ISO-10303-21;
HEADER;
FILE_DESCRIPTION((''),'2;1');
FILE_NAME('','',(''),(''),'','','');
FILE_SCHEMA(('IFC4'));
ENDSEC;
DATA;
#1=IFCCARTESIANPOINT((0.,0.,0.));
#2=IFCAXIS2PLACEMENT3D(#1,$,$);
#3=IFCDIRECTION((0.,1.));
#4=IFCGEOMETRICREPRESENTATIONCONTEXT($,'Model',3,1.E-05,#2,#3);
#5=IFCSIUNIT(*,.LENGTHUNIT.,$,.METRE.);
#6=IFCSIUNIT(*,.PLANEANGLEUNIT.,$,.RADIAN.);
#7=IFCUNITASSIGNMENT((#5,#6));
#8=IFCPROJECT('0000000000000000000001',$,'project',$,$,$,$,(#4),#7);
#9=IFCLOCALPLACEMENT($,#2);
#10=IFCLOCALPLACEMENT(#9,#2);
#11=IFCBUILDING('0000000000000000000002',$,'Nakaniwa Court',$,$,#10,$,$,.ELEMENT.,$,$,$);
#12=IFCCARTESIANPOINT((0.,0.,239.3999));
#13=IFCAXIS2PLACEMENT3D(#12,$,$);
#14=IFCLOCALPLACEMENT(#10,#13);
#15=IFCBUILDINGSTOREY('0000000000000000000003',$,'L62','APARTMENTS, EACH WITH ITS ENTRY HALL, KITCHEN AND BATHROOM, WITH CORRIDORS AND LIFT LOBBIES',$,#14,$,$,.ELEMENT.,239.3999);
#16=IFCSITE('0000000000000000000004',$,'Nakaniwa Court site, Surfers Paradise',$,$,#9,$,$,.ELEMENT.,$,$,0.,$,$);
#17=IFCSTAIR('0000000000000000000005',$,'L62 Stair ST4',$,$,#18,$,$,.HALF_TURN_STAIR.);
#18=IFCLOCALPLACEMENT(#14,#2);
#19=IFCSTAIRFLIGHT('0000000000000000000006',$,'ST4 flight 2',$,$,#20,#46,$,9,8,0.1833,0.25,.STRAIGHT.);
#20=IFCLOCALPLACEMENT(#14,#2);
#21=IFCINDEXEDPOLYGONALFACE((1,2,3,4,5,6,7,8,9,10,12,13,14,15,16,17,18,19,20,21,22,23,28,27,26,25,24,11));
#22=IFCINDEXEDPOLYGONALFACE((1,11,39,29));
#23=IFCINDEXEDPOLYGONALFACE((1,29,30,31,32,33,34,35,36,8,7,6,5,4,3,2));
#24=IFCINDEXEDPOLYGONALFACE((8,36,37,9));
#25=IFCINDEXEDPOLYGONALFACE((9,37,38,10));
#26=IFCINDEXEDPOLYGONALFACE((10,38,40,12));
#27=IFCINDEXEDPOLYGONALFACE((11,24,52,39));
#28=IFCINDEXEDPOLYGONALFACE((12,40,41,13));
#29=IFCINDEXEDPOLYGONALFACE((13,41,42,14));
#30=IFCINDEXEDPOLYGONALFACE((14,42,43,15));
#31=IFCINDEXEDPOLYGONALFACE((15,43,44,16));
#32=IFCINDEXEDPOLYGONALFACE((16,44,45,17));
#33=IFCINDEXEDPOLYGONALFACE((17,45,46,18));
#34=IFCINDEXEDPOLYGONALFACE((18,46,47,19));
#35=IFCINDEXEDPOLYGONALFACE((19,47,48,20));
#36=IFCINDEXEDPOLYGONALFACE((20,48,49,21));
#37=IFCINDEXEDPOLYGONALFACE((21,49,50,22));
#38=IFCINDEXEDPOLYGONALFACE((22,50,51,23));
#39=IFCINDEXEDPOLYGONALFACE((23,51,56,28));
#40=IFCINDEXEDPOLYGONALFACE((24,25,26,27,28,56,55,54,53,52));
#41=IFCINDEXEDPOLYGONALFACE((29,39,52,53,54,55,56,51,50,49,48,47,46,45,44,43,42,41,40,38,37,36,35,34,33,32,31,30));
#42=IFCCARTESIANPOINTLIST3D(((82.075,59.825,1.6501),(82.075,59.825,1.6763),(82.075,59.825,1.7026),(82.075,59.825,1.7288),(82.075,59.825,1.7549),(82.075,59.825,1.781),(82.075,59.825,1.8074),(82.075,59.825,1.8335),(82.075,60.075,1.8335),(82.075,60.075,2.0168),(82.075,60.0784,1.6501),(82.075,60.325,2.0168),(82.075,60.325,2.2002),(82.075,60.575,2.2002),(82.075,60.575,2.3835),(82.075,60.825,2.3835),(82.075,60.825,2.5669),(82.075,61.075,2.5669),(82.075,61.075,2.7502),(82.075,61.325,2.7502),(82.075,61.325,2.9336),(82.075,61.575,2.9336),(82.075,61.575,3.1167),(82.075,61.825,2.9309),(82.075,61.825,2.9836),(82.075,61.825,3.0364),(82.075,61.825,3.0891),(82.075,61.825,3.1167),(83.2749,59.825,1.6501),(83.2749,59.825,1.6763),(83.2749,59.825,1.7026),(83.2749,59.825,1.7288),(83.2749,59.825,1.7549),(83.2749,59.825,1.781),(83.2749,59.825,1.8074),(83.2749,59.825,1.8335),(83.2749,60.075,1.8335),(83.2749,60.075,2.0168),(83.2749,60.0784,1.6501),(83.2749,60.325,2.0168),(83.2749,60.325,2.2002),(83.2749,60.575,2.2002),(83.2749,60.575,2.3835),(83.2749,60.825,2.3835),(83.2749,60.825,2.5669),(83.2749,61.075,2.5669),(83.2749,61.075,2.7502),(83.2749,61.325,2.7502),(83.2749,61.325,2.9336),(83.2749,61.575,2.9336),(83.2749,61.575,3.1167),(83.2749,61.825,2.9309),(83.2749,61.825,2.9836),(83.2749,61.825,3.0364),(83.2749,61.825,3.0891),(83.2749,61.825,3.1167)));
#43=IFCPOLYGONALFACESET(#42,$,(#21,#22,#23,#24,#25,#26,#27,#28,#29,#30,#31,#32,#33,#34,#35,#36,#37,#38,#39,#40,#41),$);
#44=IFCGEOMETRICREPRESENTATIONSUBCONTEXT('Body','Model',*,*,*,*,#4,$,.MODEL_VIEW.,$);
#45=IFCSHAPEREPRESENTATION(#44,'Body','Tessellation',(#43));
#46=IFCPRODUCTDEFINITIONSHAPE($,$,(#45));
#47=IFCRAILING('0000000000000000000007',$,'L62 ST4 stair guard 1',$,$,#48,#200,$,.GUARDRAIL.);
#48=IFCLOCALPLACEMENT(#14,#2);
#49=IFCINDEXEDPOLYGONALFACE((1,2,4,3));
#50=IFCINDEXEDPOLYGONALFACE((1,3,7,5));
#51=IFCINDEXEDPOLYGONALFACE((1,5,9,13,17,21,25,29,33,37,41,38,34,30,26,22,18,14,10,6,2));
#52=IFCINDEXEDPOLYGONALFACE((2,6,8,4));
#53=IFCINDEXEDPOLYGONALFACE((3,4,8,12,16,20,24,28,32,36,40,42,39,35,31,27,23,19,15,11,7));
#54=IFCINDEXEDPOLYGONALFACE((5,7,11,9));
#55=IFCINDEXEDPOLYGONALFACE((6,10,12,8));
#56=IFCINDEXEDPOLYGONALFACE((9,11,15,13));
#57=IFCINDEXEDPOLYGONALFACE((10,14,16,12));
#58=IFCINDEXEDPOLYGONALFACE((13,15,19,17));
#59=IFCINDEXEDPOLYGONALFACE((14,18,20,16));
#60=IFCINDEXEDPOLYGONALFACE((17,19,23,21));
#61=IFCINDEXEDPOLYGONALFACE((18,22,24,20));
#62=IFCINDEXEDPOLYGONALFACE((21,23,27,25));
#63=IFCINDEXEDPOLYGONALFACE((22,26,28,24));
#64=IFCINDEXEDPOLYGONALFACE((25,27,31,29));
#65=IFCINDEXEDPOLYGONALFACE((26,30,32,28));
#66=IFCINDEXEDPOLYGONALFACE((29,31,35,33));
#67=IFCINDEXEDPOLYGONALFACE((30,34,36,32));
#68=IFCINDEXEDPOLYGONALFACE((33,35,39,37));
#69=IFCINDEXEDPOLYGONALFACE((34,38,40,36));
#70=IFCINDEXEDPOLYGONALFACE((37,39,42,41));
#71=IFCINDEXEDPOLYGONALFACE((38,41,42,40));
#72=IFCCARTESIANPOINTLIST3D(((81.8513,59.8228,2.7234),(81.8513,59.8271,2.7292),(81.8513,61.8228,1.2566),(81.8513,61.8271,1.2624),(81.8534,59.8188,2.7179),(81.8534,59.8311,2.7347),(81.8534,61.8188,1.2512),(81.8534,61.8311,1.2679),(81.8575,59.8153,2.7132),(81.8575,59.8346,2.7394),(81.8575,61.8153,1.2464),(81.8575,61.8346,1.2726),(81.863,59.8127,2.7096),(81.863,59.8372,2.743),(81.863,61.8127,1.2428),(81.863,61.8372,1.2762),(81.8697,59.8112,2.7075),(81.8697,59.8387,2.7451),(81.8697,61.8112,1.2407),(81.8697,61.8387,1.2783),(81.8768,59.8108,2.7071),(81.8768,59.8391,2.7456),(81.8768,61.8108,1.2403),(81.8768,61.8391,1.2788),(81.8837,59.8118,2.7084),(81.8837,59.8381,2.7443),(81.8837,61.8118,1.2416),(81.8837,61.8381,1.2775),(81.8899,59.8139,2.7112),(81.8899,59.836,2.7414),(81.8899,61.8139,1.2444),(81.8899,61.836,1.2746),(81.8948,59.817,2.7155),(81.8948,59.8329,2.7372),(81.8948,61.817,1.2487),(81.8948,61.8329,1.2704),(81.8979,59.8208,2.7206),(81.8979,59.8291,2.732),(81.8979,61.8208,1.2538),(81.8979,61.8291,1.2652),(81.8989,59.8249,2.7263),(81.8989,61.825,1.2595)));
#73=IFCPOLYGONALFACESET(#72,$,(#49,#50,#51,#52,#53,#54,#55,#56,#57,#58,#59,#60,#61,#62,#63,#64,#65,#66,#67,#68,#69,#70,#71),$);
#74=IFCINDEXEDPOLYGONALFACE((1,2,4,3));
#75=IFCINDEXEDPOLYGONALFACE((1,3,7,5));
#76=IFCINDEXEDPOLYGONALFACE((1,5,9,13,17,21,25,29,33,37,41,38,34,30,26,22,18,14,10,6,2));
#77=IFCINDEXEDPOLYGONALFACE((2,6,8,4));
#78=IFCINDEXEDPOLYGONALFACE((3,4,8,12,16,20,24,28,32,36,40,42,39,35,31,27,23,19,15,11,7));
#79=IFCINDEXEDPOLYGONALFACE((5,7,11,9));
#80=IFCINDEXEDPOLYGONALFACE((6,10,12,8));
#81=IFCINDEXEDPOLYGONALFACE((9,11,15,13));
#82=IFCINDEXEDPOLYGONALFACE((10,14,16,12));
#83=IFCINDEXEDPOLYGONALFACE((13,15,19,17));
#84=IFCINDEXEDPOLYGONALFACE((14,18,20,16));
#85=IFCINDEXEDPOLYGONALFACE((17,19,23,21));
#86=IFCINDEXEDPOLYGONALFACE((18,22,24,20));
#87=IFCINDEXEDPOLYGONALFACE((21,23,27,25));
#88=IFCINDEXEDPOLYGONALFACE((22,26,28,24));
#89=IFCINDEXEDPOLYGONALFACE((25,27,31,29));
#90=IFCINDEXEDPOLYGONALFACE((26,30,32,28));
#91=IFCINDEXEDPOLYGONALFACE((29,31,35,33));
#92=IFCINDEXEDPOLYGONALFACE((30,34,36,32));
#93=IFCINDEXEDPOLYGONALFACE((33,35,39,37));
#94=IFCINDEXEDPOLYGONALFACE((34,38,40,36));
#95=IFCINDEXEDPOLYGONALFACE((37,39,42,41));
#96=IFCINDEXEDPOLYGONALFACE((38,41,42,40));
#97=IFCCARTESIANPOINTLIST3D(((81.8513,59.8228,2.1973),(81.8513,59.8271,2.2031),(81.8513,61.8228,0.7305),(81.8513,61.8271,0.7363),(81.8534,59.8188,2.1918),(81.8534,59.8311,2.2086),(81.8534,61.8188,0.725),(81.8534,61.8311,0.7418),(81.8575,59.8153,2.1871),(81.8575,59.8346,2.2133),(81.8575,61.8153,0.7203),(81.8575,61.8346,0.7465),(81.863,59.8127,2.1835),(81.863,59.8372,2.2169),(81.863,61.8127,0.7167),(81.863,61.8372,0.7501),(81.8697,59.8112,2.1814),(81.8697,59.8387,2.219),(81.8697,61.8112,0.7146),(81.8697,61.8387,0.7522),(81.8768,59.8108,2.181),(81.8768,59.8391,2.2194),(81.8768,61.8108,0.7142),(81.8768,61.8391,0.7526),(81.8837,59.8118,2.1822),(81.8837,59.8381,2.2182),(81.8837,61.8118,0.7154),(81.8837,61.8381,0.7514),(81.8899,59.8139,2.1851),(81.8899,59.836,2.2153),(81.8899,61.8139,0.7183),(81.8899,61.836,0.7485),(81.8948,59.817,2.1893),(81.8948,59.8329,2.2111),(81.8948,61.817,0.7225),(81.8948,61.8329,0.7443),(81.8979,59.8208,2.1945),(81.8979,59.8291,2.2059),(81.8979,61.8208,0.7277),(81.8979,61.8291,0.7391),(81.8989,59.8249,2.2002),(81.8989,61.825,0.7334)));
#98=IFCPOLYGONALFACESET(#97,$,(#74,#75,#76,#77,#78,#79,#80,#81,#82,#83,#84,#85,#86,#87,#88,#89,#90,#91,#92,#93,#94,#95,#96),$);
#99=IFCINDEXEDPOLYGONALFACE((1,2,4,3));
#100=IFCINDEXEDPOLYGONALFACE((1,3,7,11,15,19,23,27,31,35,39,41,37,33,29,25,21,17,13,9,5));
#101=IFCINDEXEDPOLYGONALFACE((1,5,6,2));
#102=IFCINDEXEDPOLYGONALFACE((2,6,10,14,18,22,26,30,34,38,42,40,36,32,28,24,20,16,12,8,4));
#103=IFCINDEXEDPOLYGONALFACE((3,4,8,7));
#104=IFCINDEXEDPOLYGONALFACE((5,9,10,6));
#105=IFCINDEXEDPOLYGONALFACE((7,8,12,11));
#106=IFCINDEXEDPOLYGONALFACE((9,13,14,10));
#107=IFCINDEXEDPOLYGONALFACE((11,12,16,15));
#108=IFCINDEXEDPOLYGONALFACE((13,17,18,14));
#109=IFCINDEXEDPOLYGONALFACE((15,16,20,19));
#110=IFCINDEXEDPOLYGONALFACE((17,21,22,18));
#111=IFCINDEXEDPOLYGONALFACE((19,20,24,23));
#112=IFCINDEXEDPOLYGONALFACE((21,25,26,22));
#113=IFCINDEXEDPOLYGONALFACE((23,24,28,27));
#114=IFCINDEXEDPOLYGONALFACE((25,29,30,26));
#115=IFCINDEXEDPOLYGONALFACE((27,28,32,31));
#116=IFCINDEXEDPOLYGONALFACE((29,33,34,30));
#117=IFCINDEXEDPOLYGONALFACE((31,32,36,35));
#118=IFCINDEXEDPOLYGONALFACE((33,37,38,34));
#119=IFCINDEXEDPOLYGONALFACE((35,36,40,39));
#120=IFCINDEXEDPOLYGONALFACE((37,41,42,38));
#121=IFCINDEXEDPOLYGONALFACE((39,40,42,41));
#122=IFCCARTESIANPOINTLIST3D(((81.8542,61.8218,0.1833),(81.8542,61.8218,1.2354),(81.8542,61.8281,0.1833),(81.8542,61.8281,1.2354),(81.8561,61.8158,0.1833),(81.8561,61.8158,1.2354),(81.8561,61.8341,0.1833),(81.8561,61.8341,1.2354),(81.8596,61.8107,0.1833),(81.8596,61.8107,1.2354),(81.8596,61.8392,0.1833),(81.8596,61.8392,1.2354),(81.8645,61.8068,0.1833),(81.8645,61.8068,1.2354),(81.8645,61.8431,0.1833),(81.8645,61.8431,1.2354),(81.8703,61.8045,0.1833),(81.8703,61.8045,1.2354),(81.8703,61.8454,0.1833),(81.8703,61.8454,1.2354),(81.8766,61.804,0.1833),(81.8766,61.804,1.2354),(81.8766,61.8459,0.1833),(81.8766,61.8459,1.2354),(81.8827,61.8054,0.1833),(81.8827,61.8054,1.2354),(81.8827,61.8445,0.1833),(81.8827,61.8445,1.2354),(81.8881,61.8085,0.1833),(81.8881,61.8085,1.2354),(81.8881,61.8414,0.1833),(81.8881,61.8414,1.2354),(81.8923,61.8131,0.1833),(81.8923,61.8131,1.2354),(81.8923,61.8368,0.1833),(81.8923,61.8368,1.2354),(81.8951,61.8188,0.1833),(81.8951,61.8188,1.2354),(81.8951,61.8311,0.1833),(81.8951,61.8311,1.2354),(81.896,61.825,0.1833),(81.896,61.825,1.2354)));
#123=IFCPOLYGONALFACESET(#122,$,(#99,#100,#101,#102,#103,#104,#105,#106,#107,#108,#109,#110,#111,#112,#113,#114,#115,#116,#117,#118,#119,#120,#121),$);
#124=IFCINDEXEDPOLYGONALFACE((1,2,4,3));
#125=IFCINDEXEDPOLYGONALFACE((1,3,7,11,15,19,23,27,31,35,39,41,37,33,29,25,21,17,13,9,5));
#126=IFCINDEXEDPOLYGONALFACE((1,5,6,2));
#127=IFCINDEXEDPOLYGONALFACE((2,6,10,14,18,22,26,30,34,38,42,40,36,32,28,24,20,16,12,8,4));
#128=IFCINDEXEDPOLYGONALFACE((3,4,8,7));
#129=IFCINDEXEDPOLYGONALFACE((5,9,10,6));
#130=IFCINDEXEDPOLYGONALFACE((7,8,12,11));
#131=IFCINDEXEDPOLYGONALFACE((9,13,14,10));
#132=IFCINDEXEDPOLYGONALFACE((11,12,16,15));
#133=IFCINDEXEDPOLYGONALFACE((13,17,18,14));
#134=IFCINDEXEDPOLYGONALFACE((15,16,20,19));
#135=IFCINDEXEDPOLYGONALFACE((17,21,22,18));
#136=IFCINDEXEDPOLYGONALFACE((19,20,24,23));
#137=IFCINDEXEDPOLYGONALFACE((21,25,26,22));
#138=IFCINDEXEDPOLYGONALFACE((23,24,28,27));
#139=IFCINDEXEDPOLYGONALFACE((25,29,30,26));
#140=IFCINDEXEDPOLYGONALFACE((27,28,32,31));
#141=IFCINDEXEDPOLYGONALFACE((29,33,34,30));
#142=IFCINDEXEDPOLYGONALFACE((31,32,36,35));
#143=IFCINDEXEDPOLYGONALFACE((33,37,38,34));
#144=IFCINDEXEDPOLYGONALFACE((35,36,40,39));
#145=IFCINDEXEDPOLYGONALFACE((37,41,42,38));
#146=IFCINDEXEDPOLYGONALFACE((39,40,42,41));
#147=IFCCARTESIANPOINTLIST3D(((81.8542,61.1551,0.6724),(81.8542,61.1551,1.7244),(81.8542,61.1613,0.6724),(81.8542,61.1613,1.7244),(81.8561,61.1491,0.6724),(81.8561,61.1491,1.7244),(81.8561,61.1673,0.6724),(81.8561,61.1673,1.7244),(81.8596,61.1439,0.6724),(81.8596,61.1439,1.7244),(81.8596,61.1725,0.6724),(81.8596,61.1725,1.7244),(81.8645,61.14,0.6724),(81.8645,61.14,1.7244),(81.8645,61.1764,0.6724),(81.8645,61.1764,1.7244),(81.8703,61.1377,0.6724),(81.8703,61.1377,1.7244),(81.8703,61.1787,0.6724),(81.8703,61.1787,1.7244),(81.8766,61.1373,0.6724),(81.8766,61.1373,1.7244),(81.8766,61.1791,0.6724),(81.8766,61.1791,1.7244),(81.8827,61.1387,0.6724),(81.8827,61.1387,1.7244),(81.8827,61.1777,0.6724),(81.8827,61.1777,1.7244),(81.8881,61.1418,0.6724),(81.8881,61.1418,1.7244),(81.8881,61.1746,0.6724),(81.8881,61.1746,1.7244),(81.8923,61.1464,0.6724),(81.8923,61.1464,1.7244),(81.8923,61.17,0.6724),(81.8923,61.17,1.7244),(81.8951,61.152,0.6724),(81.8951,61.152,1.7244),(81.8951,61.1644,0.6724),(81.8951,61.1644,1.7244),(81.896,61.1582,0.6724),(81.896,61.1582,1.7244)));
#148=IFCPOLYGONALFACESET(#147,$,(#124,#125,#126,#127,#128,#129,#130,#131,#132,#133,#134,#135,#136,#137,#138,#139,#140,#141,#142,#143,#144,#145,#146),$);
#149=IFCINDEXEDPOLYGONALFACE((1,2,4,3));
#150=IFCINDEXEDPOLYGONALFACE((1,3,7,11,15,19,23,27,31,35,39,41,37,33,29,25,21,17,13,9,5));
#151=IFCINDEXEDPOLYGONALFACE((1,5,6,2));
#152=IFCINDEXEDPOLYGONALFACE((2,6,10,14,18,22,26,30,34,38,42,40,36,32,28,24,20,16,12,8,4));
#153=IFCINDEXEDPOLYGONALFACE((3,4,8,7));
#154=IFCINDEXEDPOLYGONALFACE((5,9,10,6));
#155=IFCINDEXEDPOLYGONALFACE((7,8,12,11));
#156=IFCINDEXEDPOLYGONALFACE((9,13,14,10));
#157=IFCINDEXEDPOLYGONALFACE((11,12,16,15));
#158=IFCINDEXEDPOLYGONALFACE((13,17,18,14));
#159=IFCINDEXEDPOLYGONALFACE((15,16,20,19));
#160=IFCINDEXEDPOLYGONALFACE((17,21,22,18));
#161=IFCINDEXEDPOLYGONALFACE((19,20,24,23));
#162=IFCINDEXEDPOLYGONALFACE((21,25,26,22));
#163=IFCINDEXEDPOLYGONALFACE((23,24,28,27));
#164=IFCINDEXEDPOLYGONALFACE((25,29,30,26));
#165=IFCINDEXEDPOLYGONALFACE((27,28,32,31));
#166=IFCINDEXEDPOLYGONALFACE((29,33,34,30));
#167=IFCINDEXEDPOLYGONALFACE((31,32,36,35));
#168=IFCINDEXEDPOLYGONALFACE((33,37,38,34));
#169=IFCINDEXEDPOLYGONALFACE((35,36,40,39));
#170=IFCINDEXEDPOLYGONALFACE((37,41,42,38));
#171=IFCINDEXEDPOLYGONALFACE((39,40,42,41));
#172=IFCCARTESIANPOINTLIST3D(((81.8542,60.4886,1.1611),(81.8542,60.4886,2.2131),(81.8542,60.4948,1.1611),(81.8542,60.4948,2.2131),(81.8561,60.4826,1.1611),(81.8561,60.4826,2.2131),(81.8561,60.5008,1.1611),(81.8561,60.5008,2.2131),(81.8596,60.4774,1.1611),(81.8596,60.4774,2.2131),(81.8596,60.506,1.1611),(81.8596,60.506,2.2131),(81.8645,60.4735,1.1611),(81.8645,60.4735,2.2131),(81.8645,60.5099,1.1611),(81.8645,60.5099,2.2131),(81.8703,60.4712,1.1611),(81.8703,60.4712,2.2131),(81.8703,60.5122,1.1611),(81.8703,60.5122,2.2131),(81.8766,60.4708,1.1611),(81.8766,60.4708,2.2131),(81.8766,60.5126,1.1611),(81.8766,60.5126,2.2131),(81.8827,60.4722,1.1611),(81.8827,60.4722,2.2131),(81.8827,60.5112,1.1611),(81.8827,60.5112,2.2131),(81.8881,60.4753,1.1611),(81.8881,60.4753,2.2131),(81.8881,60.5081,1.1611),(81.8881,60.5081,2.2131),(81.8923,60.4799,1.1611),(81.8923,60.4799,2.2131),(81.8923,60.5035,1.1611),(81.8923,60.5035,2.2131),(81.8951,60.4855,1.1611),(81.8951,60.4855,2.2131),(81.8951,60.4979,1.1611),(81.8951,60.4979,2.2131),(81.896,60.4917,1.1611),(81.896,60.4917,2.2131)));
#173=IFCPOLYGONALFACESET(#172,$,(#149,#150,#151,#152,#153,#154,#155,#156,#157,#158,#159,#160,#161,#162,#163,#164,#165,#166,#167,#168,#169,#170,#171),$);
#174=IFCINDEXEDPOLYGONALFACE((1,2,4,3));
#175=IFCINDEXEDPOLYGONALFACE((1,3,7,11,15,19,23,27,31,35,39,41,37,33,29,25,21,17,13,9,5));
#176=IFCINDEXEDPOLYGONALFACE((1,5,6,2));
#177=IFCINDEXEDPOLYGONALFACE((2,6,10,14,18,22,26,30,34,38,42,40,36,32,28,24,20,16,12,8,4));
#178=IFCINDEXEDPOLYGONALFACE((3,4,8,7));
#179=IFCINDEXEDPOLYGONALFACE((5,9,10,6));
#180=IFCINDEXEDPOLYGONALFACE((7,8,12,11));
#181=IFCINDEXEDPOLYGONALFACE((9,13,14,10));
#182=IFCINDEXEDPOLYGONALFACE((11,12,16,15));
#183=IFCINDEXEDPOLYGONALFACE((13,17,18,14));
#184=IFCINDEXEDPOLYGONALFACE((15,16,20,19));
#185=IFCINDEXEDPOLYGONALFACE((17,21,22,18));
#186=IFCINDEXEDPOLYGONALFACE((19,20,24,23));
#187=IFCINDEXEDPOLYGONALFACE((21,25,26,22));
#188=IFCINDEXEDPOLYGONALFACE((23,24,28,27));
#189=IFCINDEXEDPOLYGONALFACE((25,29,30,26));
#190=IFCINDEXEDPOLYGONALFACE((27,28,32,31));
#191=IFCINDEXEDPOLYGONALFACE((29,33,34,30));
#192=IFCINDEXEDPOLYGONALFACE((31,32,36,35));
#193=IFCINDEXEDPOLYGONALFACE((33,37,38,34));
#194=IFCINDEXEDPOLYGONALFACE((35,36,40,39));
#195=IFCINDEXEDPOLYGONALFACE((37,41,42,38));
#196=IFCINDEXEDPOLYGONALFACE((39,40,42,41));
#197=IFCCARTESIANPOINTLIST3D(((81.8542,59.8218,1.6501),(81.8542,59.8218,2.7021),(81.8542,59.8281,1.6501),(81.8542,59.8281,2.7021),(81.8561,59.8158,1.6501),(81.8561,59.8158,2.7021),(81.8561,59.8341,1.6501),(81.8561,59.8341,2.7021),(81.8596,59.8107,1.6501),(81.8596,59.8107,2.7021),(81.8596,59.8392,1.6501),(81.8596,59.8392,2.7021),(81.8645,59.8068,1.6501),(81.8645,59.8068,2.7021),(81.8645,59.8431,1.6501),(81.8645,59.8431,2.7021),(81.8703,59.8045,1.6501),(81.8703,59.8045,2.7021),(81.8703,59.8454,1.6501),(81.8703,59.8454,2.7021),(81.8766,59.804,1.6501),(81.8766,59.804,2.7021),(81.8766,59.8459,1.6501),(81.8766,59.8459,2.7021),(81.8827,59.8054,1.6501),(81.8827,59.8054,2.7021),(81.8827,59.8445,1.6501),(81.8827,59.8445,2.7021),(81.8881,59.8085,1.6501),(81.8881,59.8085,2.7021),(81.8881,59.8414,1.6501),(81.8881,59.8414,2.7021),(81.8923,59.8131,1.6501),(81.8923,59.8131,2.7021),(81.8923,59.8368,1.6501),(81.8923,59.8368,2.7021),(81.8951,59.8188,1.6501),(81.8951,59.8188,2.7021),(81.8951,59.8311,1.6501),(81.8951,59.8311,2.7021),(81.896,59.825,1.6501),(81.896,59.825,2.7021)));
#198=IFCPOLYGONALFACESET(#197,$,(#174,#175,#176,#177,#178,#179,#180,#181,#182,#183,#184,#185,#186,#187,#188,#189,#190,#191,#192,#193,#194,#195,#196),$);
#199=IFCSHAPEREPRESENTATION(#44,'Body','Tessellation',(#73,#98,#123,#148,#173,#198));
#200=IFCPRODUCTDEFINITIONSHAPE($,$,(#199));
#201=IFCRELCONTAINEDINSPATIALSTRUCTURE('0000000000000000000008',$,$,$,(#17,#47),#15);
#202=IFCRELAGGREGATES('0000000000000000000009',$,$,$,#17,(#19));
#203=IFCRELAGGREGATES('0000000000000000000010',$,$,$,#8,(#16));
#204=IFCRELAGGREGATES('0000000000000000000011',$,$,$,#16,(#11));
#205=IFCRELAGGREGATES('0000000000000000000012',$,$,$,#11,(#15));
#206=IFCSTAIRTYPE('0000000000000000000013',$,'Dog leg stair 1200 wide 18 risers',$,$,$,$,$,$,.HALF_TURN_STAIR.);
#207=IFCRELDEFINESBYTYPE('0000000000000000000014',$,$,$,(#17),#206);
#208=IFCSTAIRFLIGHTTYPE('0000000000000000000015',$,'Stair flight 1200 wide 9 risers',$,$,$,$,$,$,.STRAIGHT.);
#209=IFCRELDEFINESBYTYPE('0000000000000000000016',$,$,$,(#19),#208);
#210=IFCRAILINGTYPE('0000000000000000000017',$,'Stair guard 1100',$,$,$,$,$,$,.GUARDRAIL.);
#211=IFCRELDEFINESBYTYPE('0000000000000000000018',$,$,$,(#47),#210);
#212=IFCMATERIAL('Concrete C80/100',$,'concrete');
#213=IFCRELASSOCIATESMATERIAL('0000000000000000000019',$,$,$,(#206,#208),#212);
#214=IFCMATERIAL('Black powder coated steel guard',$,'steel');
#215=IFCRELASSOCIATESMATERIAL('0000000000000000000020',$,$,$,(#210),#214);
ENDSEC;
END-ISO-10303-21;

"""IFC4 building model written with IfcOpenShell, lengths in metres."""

from ifc_helpers import new_model, si_unit, direction, frame, origin, origin_2d, place, context, subcontext, project, spatial, polyline, circle, outline, extrude, material, type_object, element, aggregate, save


model = new_model("IFC4")

# Units and contexts
model_context = context("Model", 3, precision=1e-05, world=origin(), true_north=direction((0.0, 1.0)))
body_context = subcontext(model_context, "Body", "Model", "MODEL_VIEW")
ifc_project = project(units=[si_unit("LENGTHUNIT", "METRE"), si_unit("PLANEANGLEUNIT", "RADIAN")], contexts=[model_context])

# Site, building, storey
site_placement = place(None, origin())
site = spatial("IfcSite", under=ifc_project, at=site_placement, Name="Nakaniwa Court site, Surfers Paradise", CompositionType="ELEMENT", RefElevation=0.0)
building_placement = place(site_placement, origin())
building = spatial("IfcBuilding", under=site, at=building_placement, Name="Nakaniwa Court", CompositionType="ELEMENT")
storey_placement = place(building_placement, frame((0.0, 0.0, 239.3999)))
storey = spatial("IfcBuildingStorey", under=building, at=storey_placement, Name="L62", Description="APARTMENTS, EACH WITH ITS ENTRY HALL, KITCHEN AND BATHROOM, WITH CORRIDORS AND LIFT LOBBIES", CompositionType="ELEMENT", Elevation=239.3999)

# Shared definitions
ifc_material_1 = material(Name="Concrete C80/100", Category="concrete")

# Stair, stair flight
stair_type = type_object("IfcStairType", Name="Dog leg stair 1200 wide 18 risers", PredefinedType="HALF_TURN_STAIR", material=ifc_material_1)
stair_placement = place(storey_placement, origin())
stair = element("IfcStair", 1, at=stair_placement, inside=storey, type_object=stair_type, Name="L62 Stair ST4", PredefinedType="HALF_TURN_STAIR")
stair_flight_type = type_object("IfcStairFlightType", Name="Stair flight 1200 wide 9 risers", PredefinedType="STRAIGHT", material=ifc_material_1)
stair_flight_1_placement = place(storey_placement, frame((82.675, 59.825, 1.6501), z_axis=(0.0, 0.0, 1.0), x_axis=(0.0, 1.0, 0.0)))
stair_flight_1 = element("IfcStairFlight", 2, at=stair_flight_1_placement, type_object=stair_flight_type, Name="ST4 flight 2", NumberOfRisers=9, NumberOfTreads=8, PredefinedType="STRAIGHT", RiserHeight=0.1833, TreadLength=0.25, context=body_context, shape_type="SweptSolid", body=[
    extrude(outline(polyline([(0.0, 0.0), (0.0, 0.0261), (0.0, 0.0525), (0.0, 0.0786), (0.0, 0.1047), (0.0, 0.1309), (0.0, 0.1572), (0.0, 0.1833), (0.25, 0.1833), (0.25, 0.3667), (0.5, 0.3667), (0.5, 0.55), (0.75, 0.55), (0.75, 0.7334), (1.0, 0.7334), (1.0, 0.9167), (1.25, 0.9167), (1.25, 1.1001), (1.5, 1.1001), (1.5, 1.2834), (1.75, 1.2834), (1.75, 1.4666), (2.0, 1.4666), (2.0, 1.6499), (2.0, 1.5972), (2.0, 1.5444), (2.0, 1.4917), (2.0, 1.439), (2.0, 1.3862), (2.0, 1.3335), (2.0, 1.2808), (0.2534, 0.0), (0.0, 0.0)])), frame((0.0, 0.6001, 0.0), z_axis=(0.0, -1.0, 0.0), x_axis=(1.0, 0.0, 0.0)), (0.0, 0.0, 1.0), 1.2),
])
aggregate(stair, [stair_flight_1])

# Railing
ifc_material_2 = material(Name="Black powder coated steel guard", Category="steel")
railing_type_1 = type_object("IfcRailingType", Name="Stair guard 1100", PredefinedType="GUARDRAIL", material=ifc_material_2)
railing_1_placement = place(storey_placement, frame((81.875, 61.825, 0.1833)))
element("IfcRailing", 3, at=railing_1_placement, inside=storey, type_object=railing_type_1, Name="L62 ST4 stair guard 1", PredefinedType="GUARDRAIL", context=body_context, shape_type="SweptSolid", body=[
    extrude(circle(Radius=0.0239, at=origin_2d()), frame((0.0, 0.0, 1.0762), z_axis=(0.0, -0.80638, 0.591398), x_axis=(1.0, 0.0, 0.0)), (0.0, 0.0, 1.0), 2.4802),
    extrude(circle(Radius=0.0239, at=origin_2d()), frame((0.0, 0.0, 0.55), z_axis=(0.0, -0.80638, 0.591398), x_axis=(1.0, 0.0, 0.0)), (0.0, 0.0, 1.0), 2.4802),
    extrude(circle(Radius=0.021, at=origin_2d()), origin(), (0.0, 0.0, 1.0), 1.052),
    extrude(circle(Radius=0.021, at=origin_2d()), frame((0.0, -0.6667, 0.489)), (0.0, 0.0, 1.0), 1.052),
    extrude(circle(Radius=0.021, at=origin_2d()), frame((0.0, -1.3333, 0.9778)), (0.0, 0.0, 1.0), 1.052),
    extrude(circle(Radius=0.021, at=origin_2d()), frame((0.0, -2.0, 1.4668)), (0.0, 0.0, 1.0), 1.052),
])

save(model, "model.ifc")
